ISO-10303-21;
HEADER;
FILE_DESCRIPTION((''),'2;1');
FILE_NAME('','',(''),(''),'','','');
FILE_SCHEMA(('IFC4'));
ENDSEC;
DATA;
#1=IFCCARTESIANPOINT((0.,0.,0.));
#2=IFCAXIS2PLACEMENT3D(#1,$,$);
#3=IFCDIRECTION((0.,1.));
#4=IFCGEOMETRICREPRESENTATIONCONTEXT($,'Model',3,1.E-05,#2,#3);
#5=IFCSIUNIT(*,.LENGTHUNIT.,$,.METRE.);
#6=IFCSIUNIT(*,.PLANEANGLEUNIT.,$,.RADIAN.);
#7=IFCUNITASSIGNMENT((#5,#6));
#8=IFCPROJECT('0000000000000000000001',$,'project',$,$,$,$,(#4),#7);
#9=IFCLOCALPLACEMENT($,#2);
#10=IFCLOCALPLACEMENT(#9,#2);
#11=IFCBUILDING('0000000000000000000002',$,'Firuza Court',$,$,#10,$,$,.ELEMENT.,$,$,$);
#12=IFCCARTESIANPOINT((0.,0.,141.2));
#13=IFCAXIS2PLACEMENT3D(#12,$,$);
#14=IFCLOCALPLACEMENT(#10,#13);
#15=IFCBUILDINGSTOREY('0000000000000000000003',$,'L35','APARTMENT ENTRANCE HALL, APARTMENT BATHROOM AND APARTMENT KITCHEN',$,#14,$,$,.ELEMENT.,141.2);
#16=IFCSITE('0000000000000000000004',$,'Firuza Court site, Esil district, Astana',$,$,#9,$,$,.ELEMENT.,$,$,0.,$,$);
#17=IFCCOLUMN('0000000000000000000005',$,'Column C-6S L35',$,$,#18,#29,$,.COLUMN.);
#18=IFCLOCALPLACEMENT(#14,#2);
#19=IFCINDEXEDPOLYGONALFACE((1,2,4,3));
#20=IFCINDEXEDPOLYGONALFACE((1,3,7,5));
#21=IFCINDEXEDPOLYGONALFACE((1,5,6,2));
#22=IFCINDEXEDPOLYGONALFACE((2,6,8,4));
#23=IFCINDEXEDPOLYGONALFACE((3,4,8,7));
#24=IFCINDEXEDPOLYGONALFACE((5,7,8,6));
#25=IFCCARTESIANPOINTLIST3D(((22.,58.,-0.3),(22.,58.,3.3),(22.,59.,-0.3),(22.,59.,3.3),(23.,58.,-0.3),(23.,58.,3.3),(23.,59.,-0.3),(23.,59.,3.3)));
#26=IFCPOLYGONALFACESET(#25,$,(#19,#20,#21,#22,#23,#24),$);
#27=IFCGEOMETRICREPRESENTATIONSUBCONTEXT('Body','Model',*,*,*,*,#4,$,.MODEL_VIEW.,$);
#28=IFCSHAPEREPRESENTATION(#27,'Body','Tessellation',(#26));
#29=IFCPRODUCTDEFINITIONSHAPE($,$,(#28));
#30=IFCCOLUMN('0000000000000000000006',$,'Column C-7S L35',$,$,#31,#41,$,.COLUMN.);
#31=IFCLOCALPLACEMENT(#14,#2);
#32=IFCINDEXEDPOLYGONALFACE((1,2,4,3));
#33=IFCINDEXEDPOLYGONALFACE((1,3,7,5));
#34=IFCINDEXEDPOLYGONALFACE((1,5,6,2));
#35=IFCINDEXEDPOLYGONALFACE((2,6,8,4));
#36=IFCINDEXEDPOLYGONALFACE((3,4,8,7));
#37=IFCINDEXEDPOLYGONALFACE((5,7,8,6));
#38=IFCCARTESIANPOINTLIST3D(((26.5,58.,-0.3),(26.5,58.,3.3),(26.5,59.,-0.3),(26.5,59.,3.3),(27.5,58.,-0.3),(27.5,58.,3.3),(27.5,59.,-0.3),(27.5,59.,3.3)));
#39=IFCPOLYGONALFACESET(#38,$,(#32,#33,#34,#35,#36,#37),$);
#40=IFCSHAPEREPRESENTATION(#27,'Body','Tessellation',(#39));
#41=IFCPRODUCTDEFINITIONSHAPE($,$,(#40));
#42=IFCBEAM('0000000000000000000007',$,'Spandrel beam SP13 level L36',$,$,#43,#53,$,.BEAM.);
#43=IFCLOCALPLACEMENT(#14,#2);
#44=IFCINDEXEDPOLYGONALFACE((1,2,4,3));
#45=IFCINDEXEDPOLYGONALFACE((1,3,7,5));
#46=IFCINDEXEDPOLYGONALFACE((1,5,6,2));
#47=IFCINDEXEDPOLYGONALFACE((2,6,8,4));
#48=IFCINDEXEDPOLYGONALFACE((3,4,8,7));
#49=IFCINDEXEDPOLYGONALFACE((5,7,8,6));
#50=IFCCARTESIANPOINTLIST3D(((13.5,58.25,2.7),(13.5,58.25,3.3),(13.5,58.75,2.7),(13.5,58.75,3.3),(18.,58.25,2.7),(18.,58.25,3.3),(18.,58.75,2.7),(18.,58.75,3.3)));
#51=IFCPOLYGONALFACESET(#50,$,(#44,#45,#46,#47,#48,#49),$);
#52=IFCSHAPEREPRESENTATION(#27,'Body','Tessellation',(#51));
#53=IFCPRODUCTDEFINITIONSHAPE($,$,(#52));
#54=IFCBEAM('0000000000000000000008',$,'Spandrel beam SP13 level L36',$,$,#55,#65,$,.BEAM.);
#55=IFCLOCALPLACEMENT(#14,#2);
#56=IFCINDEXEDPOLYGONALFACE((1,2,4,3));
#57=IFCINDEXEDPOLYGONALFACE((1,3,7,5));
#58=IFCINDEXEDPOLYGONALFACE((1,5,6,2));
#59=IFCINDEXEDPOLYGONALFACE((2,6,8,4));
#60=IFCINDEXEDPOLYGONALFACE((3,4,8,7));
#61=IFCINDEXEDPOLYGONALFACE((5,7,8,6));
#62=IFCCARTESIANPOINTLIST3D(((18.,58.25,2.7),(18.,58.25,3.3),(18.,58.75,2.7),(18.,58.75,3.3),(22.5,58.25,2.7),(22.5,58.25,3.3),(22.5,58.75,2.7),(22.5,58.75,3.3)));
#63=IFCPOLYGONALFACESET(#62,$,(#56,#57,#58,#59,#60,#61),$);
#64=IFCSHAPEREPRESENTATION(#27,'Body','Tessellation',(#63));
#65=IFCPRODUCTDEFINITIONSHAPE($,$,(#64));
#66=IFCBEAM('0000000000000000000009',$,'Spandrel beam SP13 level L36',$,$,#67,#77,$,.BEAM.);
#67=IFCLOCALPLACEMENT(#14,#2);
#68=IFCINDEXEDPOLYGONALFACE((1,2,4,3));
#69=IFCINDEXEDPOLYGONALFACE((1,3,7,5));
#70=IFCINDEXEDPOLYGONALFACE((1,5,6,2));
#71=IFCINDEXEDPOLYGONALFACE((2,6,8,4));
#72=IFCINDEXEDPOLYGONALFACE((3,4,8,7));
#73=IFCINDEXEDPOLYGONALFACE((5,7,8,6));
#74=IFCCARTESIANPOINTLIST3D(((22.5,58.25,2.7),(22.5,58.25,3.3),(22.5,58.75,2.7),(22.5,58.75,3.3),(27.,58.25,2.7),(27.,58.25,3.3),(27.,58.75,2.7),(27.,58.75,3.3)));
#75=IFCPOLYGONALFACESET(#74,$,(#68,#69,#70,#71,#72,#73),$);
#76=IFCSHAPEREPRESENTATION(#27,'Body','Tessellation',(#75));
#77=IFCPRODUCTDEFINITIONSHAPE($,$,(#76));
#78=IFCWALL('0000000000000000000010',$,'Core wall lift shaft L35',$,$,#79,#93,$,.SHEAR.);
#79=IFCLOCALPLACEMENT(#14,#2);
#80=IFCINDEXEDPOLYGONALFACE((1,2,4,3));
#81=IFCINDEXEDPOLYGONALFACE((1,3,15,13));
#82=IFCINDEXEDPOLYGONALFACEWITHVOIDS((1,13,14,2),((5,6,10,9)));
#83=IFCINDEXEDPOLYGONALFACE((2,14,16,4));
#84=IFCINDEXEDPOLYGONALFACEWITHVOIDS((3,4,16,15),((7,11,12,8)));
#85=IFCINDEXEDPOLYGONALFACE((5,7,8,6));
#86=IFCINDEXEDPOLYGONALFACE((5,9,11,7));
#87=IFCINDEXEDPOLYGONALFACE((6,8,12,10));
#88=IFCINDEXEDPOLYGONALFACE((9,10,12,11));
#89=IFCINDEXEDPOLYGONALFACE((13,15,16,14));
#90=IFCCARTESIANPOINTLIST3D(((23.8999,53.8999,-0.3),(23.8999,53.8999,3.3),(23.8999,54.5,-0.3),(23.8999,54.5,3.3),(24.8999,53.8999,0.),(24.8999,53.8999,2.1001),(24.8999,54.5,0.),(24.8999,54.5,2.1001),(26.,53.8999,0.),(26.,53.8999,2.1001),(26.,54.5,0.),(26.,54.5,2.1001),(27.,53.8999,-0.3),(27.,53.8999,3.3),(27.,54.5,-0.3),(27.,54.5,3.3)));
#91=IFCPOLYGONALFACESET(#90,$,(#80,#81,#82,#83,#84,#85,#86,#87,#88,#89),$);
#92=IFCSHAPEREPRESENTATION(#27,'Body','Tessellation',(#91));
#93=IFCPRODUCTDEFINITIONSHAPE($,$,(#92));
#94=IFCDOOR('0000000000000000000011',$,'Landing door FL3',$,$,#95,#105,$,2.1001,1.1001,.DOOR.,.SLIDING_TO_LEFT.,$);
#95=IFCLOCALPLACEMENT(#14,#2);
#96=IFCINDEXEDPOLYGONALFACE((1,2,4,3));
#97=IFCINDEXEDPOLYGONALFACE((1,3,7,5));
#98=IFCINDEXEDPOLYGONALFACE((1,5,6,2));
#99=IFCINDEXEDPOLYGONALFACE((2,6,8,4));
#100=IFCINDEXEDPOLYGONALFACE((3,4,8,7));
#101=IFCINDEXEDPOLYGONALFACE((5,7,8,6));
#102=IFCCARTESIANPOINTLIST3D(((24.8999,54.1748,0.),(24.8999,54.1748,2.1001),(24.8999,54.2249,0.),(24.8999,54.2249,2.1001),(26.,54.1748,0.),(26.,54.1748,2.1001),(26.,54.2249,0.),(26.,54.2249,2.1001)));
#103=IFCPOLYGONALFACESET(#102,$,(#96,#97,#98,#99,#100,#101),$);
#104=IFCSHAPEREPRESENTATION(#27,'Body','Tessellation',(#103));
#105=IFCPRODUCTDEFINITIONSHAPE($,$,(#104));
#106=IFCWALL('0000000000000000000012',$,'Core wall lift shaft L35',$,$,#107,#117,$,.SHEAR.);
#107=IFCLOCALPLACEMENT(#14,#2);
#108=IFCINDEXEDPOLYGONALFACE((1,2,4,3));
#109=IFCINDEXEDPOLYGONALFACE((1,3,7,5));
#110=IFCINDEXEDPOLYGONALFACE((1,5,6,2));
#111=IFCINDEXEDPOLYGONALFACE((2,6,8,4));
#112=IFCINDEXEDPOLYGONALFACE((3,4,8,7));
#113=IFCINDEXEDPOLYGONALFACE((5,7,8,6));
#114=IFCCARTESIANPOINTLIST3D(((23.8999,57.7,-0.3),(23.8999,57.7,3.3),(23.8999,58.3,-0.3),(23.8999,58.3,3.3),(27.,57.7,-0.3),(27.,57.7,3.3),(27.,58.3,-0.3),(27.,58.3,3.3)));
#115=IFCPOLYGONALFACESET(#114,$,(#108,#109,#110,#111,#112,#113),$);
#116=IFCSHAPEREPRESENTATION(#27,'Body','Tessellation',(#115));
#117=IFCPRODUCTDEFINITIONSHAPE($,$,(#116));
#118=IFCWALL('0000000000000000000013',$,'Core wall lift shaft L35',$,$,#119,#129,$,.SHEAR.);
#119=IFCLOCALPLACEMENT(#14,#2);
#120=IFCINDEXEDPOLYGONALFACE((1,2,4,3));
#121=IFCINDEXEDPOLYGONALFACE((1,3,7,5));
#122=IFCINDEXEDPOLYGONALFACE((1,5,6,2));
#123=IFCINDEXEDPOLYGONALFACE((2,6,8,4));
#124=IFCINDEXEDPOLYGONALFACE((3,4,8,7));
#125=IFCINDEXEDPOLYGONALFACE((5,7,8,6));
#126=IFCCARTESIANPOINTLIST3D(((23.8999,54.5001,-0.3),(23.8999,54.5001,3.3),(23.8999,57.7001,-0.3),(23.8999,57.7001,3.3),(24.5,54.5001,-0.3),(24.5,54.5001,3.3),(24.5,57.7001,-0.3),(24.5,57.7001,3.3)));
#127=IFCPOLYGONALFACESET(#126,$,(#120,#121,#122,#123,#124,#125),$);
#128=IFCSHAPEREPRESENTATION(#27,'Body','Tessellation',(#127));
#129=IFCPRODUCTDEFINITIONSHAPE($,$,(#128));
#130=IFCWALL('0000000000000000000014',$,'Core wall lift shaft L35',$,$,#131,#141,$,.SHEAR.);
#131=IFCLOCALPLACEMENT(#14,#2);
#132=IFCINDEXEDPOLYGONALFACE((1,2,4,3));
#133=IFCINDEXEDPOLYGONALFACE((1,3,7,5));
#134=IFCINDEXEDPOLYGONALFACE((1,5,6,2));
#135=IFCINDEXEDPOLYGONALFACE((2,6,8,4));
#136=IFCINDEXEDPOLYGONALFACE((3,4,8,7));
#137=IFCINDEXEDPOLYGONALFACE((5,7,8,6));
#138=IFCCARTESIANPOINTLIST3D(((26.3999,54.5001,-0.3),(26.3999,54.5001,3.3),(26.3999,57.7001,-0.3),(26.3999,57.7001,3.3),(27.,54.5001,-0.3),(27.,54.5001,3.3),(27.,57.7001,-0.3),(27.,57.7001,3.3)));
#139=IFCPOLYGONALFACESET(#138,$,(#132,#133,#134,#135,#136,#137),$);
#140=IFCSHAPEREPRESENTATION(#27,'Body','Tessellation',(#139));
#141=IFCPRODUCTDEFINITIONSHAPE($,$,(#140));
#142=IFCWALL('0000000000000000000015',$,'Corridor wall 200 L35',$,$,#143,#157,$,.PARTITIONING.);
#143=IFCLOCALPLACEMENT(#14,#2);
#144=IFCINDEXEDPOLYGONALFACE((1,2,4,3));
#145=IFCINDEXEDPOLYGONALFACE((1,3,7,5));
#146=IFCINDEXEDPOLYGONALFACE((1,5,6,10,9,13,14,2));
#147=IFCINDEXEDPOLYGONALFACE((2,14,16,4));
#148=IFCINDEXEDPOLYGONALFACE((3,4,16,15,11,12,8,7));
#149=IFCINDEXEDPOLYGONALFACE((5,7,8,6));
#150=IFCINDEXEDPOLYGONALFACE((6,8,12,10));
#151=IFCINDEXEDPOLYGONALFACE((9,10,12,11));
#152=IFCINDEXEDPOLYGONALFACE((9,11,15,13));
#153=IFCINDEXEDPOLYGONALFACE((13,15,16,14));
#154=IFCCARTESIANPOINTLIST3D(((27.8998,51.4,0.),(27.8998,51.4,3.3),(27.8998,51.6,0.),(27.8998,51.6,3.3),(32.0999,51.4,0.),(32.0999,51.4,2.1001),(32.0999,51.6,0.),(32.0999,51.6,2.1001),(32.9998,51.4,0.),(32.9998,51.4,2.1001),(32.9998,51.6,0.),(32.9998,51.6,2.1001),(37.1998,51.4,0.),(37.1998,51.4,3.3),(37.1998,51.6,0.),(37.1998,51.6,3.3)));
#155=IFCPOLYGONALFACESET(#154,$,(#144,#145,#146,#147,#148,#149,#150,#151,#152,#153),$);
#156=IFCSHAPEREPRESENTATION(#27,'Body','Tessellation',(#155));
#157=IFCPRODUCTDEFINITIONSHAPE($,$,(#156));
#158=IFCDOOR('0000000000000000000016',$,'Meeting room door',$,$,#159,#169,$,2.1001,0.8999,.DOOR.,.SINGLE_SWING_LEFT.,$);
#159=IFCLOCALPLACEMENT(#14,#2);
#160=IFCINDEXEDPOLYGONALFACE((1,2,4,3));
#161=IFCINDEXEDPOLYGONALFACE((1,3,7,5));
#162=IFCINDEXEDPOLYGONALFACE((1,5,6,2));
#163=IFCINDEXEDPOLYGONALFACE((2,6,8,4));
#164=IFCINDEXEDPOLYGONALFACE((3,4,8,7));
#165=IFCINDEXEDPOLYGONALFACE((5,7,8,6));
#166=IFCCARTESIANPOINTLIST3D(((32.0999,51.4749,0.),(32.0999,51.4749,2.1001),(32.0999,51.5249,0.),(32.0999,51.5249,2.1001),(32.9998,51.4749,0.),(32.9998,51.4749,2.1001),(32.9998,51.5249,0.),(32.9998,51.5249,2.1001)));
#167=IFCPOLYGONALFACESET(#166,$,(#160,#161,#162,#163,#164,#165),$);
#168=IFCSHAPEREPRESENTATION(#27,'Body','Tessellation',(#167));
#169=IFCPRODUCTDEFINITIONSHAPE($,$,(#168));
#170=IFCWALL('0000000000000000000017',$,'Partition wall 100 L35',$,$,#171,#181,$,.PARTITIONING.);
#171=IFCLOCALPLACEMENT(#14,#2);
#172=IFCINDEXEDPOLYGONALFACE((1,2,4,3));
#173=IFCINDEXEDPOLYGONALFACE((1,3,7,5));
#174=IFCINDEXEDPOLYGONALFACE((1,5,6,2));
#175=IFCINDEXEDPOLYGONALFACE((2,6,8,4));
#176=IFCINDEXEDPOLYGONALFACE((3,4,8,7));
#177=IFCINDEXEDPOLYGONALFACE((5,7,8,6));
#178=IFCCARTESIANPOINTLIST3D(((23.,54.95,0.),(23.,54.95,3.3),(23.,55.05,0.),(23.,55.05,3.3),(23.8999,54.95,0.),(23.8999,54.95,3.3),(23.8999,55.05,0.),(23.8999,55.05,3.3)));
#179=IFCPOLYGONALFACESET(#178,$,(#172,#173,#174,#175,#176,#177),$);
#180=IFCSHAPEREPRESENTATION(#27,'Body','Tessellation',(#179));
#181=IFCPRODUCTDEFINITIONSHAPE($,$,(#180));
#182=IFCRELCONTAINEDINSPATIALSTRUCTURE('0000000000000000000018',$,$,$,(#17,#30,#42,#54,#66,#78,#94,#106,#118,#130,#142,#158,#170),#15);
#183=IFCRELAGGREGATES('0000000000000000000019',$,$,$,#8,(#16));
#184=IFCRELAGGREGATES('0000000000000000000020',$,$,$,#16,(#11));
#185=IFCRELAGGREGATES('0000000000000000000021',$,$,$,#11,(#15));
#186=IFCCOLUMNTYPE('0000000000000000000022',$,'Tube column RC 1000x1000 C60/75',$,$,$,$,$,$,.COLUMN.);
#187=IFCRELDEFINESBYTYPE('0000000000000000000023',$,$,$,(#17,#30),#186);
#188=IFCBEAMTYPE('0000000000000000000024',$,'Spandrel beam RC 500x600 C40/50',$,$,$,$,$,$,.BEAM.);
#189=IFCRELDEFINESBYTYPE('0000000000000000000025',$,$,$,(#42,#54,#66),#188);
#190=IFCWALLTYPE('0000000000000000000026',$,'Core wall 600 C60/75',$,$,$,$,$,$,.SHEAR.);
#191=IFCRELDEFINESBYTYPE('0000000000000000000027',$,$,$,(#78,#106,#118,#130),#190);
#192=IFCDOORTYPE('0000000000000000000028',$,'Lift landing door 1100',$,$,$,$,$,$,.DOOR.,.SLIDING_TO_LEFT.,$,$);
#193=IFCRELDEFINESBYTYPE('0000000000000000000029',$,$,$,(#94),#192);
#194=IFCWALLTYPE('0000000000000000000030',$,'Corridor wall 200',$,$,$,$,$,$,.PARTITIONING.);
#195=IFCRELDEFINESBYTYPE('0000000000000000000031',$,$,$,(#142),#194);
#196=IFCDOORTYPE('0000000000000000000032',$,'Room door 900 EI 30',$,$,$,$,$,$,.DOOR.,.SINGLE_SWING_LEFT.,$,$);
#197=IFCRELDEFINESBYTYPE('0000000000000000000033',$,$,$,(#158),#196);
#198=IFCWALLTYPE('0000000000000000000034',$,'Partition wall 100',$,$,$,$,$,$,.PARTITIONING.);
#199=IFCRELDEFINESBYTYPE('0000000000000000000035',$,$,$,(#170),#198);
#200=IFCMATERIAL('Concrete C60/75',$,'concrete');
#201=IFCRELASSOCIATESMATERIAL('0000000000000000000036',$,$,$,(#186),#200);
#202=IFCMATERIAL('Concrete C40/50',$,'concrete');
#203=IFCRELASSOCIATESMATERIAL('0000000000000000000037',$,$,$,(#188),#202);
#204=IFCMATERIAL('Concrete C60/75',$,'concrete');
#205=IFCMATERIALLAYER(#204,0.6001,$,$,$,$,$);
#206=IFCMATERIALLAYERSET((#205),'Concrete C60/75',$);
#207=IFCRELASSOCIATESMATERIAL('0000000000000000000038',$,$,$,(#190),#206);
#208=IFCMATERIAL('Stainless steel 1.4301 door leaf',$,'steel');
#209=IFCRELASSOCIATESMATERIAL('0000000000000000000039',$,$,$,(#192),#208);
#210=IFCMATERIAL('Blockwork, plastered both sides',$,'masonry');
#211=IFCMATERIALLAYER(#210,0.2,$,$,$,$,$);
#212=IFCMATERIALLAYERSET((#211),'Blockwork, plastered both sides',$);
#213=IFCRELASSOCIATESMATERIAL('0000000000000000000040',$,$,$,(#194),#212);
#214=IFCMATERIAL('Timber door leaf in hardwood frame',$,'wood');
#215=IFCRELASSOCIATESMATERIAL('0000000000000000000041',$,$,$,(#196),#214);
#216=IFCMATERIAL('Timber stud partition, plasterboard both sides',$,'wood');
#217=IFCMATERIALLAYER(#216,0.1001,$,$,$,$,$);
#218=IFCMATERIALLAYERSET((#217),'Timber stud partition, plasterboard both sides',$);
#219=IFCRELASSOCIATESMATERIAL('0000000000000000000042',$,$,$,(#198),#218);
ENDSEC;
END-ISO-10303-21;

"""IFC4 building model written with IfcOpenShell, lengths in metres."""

from ifc_helpers import new_model, si_unit, direction, frame, frame_2d, origin, origin_2d, place, context, subcontext, project, spatial, rectangle, extrude, material, layer, layer_set, material_profile, profile_set, type_object, element, fill, save


model = new_model("IFC4")

# Units and contexts
model_context = context("Model", 3, precision=1e-05, world=origin(), true_north=direction((0.0, 1.0)))
body_context = subcontext(model_context, "Body", "Model", "MODEL_VIEW")
ifc_project = project(units=[si_unit("LENGTHUNIT", "METRE"), si_unit("PLANEANGLEUNIT", "RADIAN")], contexts=[model_context])

# Site, building, storey
site_placement = place(None, origin())
site = spatial("IfcSite", under=ifc_project, at=site_placement, Name="Firuza Court site, Esil district, Astana", CompositionType="ELEMENT", RefElevation=0.0)
building_placement = place(site_placement, origin())
building = spatial("IfcBuilding", under=site, at=building_placement, Name="Firuza Court", CompositionType="ELEMENT")
storey_placement = place(building_placement, frame((0.0, 0.0, 141.2)))
storey = spatial("IfcBuildingStorey", under=building, at=storey_placement, Name="L35", Description="APARTMENT ENTRANCE HALL, APARTMENT BATHROOM AND APARTMENT KITCHEN", CompositionType="ELEMENT", Elevation=141.2)

# Columns
ifc_material_1 = material(Name="Concrete C60/75", Category="concrete")
ifc_material_profile_1 = material_profile(ifc_material_1, rectangle(XDim=1.0, YDim=1.0, at=origin_2d()), Name="RC 1000x1000")
ifc_profile_set_1 = profile_set([ifc_material_profile_1], Name="Concrete C60/75")
column_type = type_object("IfcColumnType", Name="Tube column RC 1000x1000 C60/75", PredefinedType="COLUMN", material=ifc_profile_set_1)
for number, where, z_axis, x_axis, name in (
    (1, (22.5, 58.5, -0.3), (0.0, 0.0, 1.0), (1.0, 0.0, 0.0), "Column C-6S L35"),
    (2, (27.0, 58.5, -0.3), (0.0, 0.0, 1.0), (1.0, 0.0, 0.0), "Column C-7S L35"),
):
    element("IfcColumn", number, at=place(storey_placement, frame(where, z_axis=z_axis, x_axis=x_axis)), inside=storey, type_object=column_type, Name=name, PredefinedType="COLUMN", context=body_context, shape_type="SweptSolid", body=[
        extrude(rectangle(XDim=1.0, YDim=1.0, at=origin_2d()), origin(), (0.0, 0.0, 1.0), 3.6001),
    ])

# Beams
ifc_material_2 = material(Name="Concrete C40/50", Category="concrete")
ifc_material_profile_2 = material_profile(ifc_material_2, rectangle(XDim=0.5, YDim=0.6001, at=origin_2d()), Name="RC 500x600")
ifc_profile_set_2 = profile_set([ifc_material_profile_2], Name="Concrete C40/50")
beam_type = type_object("IfcBeamType", Name="Spandrel beam RC 500x600 C40/50", PredefinedType="BEAM", material=ifc_profile_set_2)
for number, where, z_axis, x_axis, name in (
    (3, (18.0, 58.5, 3.0), (-1.0, 0.0, 0.0), (0.0, -1.0, 0.0), "Spandrel beam SP13 level L36"),
    (4, (22.5, 58.5, 3.0), (-1.0, 0.0, 0.0), (0.0, -1.0, 0.0), "Spandrel beam SP13 level L36"),
    (5, (27.0, 58.5, 3.0), (-1.0, 0.0, 0.0), (0.0, -1.0, 0.0), "Spandrel beam SP13 level L36"),
):
    element("IfcBeam", number, at=place(storey_placement, frame(where, z_axis=z_axis, x_axis=x_axis)), inside=storey, type_object=beam_type, Name=name, PredefinedType="BEAM", context=body_context, shape_type="SweptSolid", body=[
        extrude(rectangle(XDim=0.5, YDim=0.6001, at=origin_2d()), origin(), (0.0, 0.0, 1.0), 4.5),
    ])

# Wall, opening, door
ifc_material_3 = material(Name="Concrete C60/75", Category="concrete")
ifc_layer_1 = layer(ifc_material_3, 0.6001)
ifc_layer_set_1 = layer_set([ifc_layer_1], Name="Concrete C60/75")
wall_type_1 = type_object("IfcWallType", Name="Core wall 600 C60/75", PredefinedType="SHEAR", material=ifc_layer_set_1)
wall_1_placement = place(storey_placement, frame((23.8999, 54.2, -0.3), z_axis=(0.0, 0.0, 1.0), x_axis=(1.0, 0.0, 0.0)))
wall_1 = element("IfcWall", 6, at=wall_1_placement, inside=storey, type_object=wall_type_1, Name="Core wall lift shaft L35", PredefinedType="SHEAR", context=body_context, shape_type="SweptSolid", body=[
    extrude(rectangle(XDim=3.1001, YDim=0.6001, at=frame_2d((1.55, 0.0))), origin(), (0.0, 0.0, 1.0), 3.6001),
])
opening_1_placement = place(wall_1_placement, frame((1.0, 0.0, 0.3)))
opening_1 = element("IfcOpeningElement", 7, at=opening_1_placement, cuts=wall_1, PredefinedType="OPENING", context=body_context, shape_type="SweptSolid", body=[
    extrude(rectangle(XDim=1.1001, YDim=2.1001, at=frame_2d((0.55, 1.05))), frame((0.0, 0.312, 0.0), z_axis=(0.0, -1.0, 0.0), x_axis=(1.0, 0.0, 0.0)), (0.0, 0.0, 1.0), 0.624),
])
ifc_material_4 = material(Name="Stainless steel 1.4301 door leaf", Category="steel")
door_type_1 = type_object("IfcDoorType", Name="Lift landing door 1100", OperationType="SLIDING_TO_LEFT", PredefinedType="DOOR", material=ifc_material_4)
door_1_placement = place(opening_1_placement, origin())
door_1 = element("IfcDoor", 8, at=door_1_placement, inside=storey, type_object=door_type_1, Name="Landing door FL3", OperationType="SLIDING_TO_LEFT", OverallHeight=2.1001, OverallWidth=1.1001, PredefinedType="DOOR", context=body_context, shape_type="SweptSolid", body=[
    extrude(rectangle(XDim=1.1001, YDim=2.1001, at=frame_2d((0.55, 1.05))), frame((0.0, 0.0249, 0.0), z_axis=(0.0, -1.0, 0.0), x_axis=(1.0, 0.0, 0.0)), (0.0, 0.0, 1.0), 0.05),
])
fill(opening_1, door_1)

# Walls
wall_2_placement = place(storey_placement, frame((23.8999, 58.0, -0.3), z_axis=(0.0, 0.0, 1.0), x_axis=(1.0, 0.0, 0.0)))
element("IfcWall", 9, at=wall_2_placement, inside=storey, type_object=wall_type_1, Name="Core wall lift shaft L35", PredefinedType="SHEAR", context=body_context, shape_type="SweptSolid", body=[
    extrude(rectangle(XDim=3.1001, YDim=0.6001, at=frame_2d((1.55, 0.0))), origin(), (0.0, 0.0, 1.0), 3.6001),
])
for number, where, z_axis, x_axis, name in (
    (10, (24.2, 54.5, -0.3), (0.0, 0.0, 1.0), (0.0, 1.0, 0.0), "Core wall lift shaft L35"),
    (11, (26.7, 54.5, -0.3), (0.0, 0.0, 1.0), (0.0, 1.0, 0.0), "Core wall lift shaft L35"),
):
    element("IfcWall", number, at=place(storey_placement, frame(where, z_axis=z_axis, x_axis=x_axis)), inside=storey, type_object=wall_type_1, Name=name, PredefinedType="SHEAR", context=body_context, shape_type="SweptSolid", body=[
        extrude(rectangle(XDim=3.2, YDim=0.6001, at=frame_2d((1.6001, 0.0))), origin(), (0.0, 0.0, 1.0), 3.6001),
    ])

# Wall, opening, door
ifc_material_5 = material(Name="Blockwork, plastered both sides", Category="masonry")
ifc_layer_2 = layer(ifc_material_5, 0.2)
ifc_layer_set_2 = layer_set([ifc_layer_2], Name="Blockwork, plastered both sides")
wall_type_2 = type_object("IfcWallType", Name="Corridor wall 200", PredefinedType="PARTITIONING", material=ifc_layer_set_2)
wall_3_placement = place(storey_placement, frame((27.8999, 51.5, 0.0), z_axis=(0.0, 0.0, 1.0), x_axis=(1.0, 0.0, 0.0)))
wall_3 = element("IfcWall", 12, at=wall_3_placement, inside=storey, type_object=wall_type_2, Name="Corridor wall 200 L35", PredefinedType="PARTITIONING", context=body_context, shape_type="SweptSolid", body=[
    extrude(rectangle(XDim=9.3, YDim=0.2, at=frame_2d((4.6499, 0.0))), origin(), (0.0, 0.0, 1.0), 3.3),
])
opening_2_placement = place(wall_3_placement, frame((4.2, 0.0, 0.0)))
opening_2 = element("IfcOpeningElement", 13, at=opening_2_placement, cuts=wall_3, PredefinedType="OPENING", context=body_context, shape_type="SweptSolid", body=[
    extrude(rectangle(XDim=0.8999, YDim=2.1001, at=frame_2d((0.45, 1.05))), frame((0.0, 0.1118, 0.0), z_axis=(0.0, -1.0, 0.0), x_axis=(1.0, 0.0, 0.0)), (0.0, 0.0, 1.0), 0.2239),
])
ifc_material_6 = material(Name="Timber door leaf in hardwood frame", Category="wood")
door_type_2 = type_object("IfcDoorType", Name="Room door 900 EI 30", OperationType="SINGLE_SWING_LEFT", PredefinedType="DOOR", material=ifc_material_6)
door_2_placement = place(opening_2_placement, origin())
door_2 = element("IfcDoor", 14, at=door_2_placement, inside=storey, type_object=door_type_2, Name="Meeting room door", OperationType="SINGLE_SWING_LEFT", OverallHeight=2.1001, OverallWidth=0.8999, PredefinedType="DOOR", context=body_context, shape_type="SweptSolid", body=[
    extrude(rectangle(XDim=0.8999, YDim=2.1001, at=frame_2d((0.45, 1.05))), frame((0.0, 0.0249, 0.0), z_axis=(0.0, -1.0, 0.0), x_axis=(1.0, 0.0, 0.0)), (0.0, 0.0, 1.0), 0.05),
])
fill(opening_2, door_2)

# Wall
ifc_material_7 = material(Name="Timber stud partition, plasterboard both sides", Category="wood")
ifc_layer_3 = layer(ifc_material_7, 0.1001)
ifc_layer_set_3 = layer_set([ifc_layer_3], Name="Timber stud partition, plasterboard both sides")
wall_type_3 = type_object("IfcWallType", Name="Partition wall 100", PredefinedType="PARTITIONING", material=ifc_layer_set_3)
wall_4_placement = place(storey_placement, frame((23.0, 55.0, 0.0), z_axis=(0.0, 0.0, 1.0), x_axis=(1.0, 0.0, 0.0)))
element("IfcWall", 15, at=wall_4_placement, inside=storey, type_object=wall_type_3, Name="Partition wall 100 L35", PredefinedType="PARTITIONING", context=body_context, shape_type="SweptSolid", body=[
    extrude(rectangle(XDim=0.8999, YDim=0.1001, at=frame_2d((0.45, 0.0))), origin(), (0.0, 0.0, 1.0), 3.3),
])

save(model, "model.ifc")
